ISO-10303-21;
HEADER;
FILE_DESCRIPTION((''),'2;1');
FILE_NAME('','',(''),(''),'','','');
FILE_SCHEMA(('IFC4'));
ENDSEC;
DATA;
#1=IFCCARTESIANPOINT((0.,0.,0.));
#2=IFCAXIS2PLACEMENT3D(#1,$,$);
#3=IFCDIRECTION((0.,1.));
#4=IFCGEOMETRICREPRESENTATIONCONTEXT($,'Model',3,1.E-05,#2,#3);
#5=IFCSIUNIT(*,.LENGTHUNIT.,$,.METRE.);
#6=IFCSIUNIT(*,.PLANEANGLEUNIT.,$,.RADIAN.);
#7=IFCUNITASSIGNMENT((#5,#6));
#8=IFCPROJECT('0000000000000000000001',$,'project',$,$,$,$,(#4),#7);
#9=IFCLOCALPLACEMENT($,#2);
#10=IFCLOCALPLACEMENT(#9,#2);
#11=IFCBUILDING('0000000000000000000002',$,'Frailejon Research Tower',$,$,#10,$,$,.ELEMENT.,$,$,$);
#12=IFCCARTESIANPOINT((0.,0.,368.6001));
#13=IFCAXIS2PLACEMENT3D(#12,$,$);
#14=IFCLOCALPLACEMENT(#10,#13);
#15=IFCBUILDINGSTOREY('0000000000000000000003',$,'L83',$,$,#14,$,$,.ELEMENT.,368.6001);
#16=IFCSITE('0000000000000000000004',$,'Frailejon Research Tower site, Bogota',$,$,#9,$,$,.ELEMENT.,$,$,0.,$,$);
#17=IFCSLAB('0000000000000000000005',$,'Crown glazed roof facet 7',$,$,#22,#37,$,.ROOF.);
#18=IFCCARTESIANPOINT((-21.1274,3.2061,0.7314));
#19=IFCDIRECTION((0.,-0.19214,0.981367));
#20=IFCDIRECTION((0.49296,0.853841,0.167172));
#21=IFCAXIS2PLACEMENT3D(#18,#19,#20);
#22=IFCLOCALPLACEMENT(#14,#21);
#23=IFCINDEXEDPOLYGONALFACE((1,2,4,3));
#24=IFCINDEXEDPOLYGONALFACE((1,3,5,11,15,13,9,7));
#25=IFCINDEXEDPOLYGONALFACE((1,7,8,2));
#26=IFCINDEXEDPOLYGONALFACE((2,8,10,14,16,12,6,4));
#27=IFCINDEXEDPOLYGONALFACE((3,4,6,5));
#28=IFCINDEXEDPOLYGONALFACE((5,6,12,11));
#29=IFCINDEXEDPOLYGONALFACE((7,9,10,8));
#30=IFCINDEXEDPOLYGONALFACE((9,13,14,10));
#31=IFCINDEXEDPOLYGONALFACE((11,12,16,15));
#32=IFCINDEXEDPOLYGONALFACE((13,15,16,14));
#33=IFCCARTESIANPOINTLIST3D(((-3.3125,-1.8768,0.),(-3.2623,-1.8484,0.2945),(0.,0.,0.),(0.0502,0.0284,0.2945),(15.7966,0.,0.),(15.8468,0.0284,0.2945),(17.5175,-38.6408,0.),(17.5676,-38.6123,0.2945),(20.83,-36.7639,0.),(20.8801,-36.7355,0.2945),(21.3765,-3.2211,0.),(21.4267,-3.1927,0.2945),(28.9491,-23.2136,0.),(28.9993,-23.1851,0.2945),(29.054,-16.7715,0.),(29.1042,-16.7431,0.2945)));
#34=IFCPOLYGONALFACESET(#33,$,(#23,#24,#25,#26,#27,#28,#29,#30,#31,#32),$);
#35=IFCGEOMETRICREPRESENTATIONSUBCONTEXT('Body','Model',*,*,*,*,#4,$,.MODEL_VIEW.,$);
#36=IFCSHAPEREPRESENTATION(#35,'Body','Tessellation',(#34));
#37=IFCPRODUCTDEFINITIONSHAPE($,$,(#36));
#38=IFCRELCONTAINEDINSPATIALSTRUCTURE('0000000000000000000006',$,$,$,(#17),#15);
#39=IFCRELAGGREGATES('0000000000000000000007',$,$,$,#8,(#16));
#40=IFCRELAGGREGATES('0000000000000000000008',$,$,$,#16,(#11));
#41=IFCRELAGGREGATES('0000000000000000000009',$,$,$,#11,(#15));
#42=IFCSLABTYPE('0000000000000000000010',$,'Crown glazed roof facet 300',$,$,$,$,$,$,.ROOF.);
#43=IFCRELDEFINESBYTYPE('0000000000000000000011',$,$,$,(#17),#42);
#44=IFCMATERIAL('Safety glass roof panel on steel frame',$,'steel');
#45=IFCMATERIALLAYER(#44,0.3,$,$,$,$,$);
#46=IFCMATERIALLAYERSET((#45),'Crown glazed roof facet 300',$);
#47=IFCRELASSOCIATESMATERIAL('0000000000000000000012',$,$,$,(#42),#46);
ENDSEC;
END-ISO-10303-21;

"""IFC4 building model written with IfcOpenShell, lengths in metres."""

from ifc_helpers import new_model, si_unit, direction, frame, origin, place, context, subcontext, project, spatial, polyline, outline, extrude, material, layer, layer_set, type_object, element, save


model = new_model("IFC4")

# Units and contexts
model_context = context("Model", 3, precision=1e-05, world=origin(), true_north=direction((0.0, 1.0)))
body_context = subcontext(model_context, "Body", "Model", "MODEL_VIEW")
ifc_project = project(units=[si_unit("LENGTHUNIT", "METRE"), si_unit("PLANEANGLEUNIT", "RADIAN")], contexts=[model_context])

# Site, building, storey
site_placement = place(None, origin())
site = spatial("IfcSite", under=ifc_project, at=site_placement, Name="Frailejon Research Tower site, Bogota", CompositionType="ELEMENT", RefElevation=0.0)
building_placement = place(site_placement, origin())
building = spatial("IfcBuilding", under=site, at=building_placement, Name="Frailejon Research Tower", CompositionType="ELEMENT")
storey_placement = place(building_placement, frame((0.0, 0.0, 368.6001)))
storey = spatial("IfcBuildingStorey", under=building, at=storey_placement, Name="L83", CompositionType="ELEMENT", Elevation=368.6001)

# Slab
ifc_material_1 = material(Name="Safety glass roof panel on steel frame", Category="steel")
ifc_layer_1 = layer(ifc_material_1, 0.3)
ifc_layer_set_1 = layer_set([ifc_layer_1], Name="Crown glazed roof facet 300")
slab_type = type_object("IfcSlabType", Name="Crown glazed roof facet 300", PredefinedType="ROOF", material=ifc_layer_set_1)
slab_placement = place(storey_placement, frame((-21.1274, 3.2061, 0.7314), z_axis=(0.0, -0.19214, 0.981367), x_axis=(0.49296, 0.853841, 0.167172)))
element("IfcSlab", 1, at=slab_placement, inside=storey, type_object=slab_type, Name="Crown glazed roof facet 7", PredefinedType="ROOF", context=body_context, shape_type="SweptSolid", body=[
    extrude(outline(polyline([(0.0, 0.0), (15.7966, 0.0), (21.3765, -3.2211), (29.054, -16.7715), (28.9491, -23.2136), (20.83, -36.7639), (17.5175, -38.6408), (-3.3125, -1.8768), (0.0, 0.0)])), origin(), (0.167172, 0.094717, 0.981367), 0.3),
])

save(model, "model.ifc")
